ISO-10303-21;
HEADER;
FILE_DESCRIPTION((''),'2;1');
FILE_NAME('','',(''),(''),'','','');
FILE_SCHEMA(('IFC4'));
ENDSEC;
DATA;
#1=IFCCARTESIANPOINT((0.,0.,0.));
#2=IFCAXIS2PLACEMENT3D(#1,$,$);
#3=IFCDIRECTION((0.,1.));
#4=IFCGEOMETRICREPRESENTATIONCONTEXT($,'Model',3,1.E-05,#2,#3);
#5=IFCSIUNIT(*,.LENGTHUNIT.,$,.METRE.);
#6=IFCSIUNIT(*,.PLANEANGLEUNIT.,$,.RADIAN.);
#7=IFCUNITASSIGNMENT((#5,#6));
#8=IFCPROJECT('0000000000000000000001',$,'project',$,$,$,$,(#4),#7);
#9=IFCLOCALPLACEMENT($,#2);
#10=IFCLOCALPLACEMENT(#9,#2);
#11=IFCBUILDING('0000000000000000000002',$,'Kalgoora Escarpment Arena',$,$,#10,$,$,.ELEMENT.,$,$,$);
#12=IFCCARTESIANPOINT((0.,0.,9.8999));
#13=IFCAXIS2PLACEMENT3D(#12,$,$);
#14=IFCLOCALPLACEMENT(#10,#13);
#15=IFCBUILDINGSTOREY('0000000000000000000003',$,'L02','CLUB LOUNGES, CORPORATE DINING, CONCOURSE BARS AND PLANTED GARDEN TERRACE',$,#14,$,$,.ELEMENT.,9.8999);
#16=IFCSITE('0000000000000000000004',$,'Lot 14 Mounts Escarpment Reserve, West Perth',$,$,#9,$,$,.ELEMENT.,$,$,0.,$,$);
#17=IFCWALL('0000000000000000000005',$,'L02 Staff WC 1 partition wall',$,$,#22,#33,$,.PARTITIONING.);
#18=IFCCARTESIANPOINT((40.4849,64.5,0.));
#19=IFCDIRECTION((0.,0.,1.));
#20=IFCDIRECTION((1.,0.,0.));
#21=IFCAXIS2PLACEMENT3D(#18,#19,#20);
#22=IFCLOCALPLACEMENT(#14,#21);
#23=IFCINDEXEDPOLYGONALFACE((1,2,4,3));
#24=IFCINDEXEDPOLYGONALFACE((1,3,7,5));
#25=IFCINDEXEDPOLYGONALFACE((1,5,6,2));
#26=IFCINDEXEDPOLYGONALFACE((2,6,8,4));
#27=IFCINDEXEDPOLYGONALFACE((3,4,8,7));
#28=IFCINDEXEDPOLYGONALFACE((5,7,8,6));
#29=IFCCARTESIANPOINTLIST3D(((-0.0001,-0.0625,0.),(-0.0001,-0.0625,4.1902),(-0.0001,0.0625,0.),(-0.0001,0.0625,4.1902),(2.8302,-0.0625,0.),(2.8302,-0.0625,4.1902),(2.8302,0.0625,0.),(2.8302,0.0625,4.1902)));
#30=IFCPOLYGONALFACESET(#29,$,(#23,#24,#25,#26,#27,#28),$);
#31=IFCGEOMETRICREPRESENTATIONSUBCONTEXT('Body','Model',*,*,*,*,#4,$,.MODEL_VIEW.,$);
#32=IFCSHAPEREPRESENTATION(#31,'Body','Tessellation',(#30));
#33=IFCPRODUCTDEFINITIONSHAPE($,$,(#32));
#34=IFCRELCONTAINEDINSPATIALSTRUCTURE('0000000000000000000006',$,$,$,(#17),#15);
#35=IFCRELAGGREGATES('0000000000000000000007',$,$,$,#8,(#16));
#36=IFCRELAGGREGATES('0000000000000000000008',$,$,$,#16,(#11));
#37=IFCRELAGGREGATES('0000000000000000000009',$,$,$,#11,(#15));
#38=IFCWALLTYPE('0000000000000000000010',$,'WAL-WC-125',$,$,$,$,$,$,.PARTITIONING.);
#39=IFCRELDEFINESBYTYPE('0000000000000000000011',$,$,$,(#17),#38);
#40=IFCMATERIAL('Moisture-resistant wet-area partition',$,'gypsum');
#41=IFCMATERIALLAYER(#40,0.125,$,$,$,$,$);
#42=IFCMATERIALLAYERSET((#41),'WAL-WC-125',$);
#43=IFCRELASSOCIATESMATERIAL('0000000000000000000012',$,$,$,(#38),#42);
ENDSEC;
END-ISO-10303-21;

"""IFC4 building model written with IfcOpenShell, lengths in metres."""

from ifc_helpers import new_model, si_unit, direction, frame, frame_2d, origin, place, context, subcontext, project, spatial, rectangle, extrude, material, layer, layer_set, type_object, element, save


model = new_model("IFC4")

# Units and contexts
model_context = context("Model", 3, precision=1e-05, world=origin(), true_north=direction((0.0, 1.0)))
body_context = subcontext(model_context, "Body", "Model", "MODEL_VIEW")
ifc_project = project(units=[si_unit("LENGTHUNIT", "METRE"), si_unit("PLANEANGLEUNIT", "RADIAN")], contexts=[model_context])

# Site, building, storey
site_placement = place(None, origin())
site = spatial("IfcSite", under=ifc_project, at=site_placement, Name="Lot 14 Mounts Escarpment Reserve, West Perth", CompositionType="ELEMENT", RefElevation=0.0)
building_placement = place(site_placement, origin())
building = spatial("IfcBuilding", under=site, at=building_placement, Name="Kalgoora Escarpment Arena", CompositionType="ELEMENT")
storey_placement = place(building_placement, frame((0.0, 0.0, 9.8999)))
storey = spatial("IfcBuildingStorey", under=building, at=storey_placement, Name="L02", Description="CLUB LOUNGES, CORPORATE DINING, CONCOURSE BARS AND PLANTED GARDEN TERRACE", CompositionType="ELEMENT", Elevation=9.8999)

# Shared definitions
ifc_material_1 = material(Name="Moisture-resistant wet-area partition", Category="gypsum")
ifc_layer_1 = layer(ifc_material_1, 0.125)
ifc_layer_set_1 = layer_set([ifc_layer_1], Name="WAL-WC-125")
wall_type_1 = type_object("IfcWallType", Name="WAL-WC-125", PredefinedType="PARTITIONING", material=ifc_layer_set_1)

# Wall
wall_1_placement = place(storey_placement, frame((40.4849, 64.5, 0.0), z_axis=(0.0, 0.0, 1.0), x_axis=(1.0, 0.0, 0.0)))
element("IfcWall", 1, at=wall_1_placement, inside=storey, type_object=wall_type_1, Name="L02 Staff WC 1 partition wall", PredefinedType="PARTITIONING", context=body_context, shape_type="SweptSolid", body=[
    extrude(rectangle(XDim=2.8303, YDim=0.125, at=frame_2d((1.415, 0.0))), origin(), (0.0, 0.0, 1.0), 4.1902),
])

save(model, "model.ifc")
